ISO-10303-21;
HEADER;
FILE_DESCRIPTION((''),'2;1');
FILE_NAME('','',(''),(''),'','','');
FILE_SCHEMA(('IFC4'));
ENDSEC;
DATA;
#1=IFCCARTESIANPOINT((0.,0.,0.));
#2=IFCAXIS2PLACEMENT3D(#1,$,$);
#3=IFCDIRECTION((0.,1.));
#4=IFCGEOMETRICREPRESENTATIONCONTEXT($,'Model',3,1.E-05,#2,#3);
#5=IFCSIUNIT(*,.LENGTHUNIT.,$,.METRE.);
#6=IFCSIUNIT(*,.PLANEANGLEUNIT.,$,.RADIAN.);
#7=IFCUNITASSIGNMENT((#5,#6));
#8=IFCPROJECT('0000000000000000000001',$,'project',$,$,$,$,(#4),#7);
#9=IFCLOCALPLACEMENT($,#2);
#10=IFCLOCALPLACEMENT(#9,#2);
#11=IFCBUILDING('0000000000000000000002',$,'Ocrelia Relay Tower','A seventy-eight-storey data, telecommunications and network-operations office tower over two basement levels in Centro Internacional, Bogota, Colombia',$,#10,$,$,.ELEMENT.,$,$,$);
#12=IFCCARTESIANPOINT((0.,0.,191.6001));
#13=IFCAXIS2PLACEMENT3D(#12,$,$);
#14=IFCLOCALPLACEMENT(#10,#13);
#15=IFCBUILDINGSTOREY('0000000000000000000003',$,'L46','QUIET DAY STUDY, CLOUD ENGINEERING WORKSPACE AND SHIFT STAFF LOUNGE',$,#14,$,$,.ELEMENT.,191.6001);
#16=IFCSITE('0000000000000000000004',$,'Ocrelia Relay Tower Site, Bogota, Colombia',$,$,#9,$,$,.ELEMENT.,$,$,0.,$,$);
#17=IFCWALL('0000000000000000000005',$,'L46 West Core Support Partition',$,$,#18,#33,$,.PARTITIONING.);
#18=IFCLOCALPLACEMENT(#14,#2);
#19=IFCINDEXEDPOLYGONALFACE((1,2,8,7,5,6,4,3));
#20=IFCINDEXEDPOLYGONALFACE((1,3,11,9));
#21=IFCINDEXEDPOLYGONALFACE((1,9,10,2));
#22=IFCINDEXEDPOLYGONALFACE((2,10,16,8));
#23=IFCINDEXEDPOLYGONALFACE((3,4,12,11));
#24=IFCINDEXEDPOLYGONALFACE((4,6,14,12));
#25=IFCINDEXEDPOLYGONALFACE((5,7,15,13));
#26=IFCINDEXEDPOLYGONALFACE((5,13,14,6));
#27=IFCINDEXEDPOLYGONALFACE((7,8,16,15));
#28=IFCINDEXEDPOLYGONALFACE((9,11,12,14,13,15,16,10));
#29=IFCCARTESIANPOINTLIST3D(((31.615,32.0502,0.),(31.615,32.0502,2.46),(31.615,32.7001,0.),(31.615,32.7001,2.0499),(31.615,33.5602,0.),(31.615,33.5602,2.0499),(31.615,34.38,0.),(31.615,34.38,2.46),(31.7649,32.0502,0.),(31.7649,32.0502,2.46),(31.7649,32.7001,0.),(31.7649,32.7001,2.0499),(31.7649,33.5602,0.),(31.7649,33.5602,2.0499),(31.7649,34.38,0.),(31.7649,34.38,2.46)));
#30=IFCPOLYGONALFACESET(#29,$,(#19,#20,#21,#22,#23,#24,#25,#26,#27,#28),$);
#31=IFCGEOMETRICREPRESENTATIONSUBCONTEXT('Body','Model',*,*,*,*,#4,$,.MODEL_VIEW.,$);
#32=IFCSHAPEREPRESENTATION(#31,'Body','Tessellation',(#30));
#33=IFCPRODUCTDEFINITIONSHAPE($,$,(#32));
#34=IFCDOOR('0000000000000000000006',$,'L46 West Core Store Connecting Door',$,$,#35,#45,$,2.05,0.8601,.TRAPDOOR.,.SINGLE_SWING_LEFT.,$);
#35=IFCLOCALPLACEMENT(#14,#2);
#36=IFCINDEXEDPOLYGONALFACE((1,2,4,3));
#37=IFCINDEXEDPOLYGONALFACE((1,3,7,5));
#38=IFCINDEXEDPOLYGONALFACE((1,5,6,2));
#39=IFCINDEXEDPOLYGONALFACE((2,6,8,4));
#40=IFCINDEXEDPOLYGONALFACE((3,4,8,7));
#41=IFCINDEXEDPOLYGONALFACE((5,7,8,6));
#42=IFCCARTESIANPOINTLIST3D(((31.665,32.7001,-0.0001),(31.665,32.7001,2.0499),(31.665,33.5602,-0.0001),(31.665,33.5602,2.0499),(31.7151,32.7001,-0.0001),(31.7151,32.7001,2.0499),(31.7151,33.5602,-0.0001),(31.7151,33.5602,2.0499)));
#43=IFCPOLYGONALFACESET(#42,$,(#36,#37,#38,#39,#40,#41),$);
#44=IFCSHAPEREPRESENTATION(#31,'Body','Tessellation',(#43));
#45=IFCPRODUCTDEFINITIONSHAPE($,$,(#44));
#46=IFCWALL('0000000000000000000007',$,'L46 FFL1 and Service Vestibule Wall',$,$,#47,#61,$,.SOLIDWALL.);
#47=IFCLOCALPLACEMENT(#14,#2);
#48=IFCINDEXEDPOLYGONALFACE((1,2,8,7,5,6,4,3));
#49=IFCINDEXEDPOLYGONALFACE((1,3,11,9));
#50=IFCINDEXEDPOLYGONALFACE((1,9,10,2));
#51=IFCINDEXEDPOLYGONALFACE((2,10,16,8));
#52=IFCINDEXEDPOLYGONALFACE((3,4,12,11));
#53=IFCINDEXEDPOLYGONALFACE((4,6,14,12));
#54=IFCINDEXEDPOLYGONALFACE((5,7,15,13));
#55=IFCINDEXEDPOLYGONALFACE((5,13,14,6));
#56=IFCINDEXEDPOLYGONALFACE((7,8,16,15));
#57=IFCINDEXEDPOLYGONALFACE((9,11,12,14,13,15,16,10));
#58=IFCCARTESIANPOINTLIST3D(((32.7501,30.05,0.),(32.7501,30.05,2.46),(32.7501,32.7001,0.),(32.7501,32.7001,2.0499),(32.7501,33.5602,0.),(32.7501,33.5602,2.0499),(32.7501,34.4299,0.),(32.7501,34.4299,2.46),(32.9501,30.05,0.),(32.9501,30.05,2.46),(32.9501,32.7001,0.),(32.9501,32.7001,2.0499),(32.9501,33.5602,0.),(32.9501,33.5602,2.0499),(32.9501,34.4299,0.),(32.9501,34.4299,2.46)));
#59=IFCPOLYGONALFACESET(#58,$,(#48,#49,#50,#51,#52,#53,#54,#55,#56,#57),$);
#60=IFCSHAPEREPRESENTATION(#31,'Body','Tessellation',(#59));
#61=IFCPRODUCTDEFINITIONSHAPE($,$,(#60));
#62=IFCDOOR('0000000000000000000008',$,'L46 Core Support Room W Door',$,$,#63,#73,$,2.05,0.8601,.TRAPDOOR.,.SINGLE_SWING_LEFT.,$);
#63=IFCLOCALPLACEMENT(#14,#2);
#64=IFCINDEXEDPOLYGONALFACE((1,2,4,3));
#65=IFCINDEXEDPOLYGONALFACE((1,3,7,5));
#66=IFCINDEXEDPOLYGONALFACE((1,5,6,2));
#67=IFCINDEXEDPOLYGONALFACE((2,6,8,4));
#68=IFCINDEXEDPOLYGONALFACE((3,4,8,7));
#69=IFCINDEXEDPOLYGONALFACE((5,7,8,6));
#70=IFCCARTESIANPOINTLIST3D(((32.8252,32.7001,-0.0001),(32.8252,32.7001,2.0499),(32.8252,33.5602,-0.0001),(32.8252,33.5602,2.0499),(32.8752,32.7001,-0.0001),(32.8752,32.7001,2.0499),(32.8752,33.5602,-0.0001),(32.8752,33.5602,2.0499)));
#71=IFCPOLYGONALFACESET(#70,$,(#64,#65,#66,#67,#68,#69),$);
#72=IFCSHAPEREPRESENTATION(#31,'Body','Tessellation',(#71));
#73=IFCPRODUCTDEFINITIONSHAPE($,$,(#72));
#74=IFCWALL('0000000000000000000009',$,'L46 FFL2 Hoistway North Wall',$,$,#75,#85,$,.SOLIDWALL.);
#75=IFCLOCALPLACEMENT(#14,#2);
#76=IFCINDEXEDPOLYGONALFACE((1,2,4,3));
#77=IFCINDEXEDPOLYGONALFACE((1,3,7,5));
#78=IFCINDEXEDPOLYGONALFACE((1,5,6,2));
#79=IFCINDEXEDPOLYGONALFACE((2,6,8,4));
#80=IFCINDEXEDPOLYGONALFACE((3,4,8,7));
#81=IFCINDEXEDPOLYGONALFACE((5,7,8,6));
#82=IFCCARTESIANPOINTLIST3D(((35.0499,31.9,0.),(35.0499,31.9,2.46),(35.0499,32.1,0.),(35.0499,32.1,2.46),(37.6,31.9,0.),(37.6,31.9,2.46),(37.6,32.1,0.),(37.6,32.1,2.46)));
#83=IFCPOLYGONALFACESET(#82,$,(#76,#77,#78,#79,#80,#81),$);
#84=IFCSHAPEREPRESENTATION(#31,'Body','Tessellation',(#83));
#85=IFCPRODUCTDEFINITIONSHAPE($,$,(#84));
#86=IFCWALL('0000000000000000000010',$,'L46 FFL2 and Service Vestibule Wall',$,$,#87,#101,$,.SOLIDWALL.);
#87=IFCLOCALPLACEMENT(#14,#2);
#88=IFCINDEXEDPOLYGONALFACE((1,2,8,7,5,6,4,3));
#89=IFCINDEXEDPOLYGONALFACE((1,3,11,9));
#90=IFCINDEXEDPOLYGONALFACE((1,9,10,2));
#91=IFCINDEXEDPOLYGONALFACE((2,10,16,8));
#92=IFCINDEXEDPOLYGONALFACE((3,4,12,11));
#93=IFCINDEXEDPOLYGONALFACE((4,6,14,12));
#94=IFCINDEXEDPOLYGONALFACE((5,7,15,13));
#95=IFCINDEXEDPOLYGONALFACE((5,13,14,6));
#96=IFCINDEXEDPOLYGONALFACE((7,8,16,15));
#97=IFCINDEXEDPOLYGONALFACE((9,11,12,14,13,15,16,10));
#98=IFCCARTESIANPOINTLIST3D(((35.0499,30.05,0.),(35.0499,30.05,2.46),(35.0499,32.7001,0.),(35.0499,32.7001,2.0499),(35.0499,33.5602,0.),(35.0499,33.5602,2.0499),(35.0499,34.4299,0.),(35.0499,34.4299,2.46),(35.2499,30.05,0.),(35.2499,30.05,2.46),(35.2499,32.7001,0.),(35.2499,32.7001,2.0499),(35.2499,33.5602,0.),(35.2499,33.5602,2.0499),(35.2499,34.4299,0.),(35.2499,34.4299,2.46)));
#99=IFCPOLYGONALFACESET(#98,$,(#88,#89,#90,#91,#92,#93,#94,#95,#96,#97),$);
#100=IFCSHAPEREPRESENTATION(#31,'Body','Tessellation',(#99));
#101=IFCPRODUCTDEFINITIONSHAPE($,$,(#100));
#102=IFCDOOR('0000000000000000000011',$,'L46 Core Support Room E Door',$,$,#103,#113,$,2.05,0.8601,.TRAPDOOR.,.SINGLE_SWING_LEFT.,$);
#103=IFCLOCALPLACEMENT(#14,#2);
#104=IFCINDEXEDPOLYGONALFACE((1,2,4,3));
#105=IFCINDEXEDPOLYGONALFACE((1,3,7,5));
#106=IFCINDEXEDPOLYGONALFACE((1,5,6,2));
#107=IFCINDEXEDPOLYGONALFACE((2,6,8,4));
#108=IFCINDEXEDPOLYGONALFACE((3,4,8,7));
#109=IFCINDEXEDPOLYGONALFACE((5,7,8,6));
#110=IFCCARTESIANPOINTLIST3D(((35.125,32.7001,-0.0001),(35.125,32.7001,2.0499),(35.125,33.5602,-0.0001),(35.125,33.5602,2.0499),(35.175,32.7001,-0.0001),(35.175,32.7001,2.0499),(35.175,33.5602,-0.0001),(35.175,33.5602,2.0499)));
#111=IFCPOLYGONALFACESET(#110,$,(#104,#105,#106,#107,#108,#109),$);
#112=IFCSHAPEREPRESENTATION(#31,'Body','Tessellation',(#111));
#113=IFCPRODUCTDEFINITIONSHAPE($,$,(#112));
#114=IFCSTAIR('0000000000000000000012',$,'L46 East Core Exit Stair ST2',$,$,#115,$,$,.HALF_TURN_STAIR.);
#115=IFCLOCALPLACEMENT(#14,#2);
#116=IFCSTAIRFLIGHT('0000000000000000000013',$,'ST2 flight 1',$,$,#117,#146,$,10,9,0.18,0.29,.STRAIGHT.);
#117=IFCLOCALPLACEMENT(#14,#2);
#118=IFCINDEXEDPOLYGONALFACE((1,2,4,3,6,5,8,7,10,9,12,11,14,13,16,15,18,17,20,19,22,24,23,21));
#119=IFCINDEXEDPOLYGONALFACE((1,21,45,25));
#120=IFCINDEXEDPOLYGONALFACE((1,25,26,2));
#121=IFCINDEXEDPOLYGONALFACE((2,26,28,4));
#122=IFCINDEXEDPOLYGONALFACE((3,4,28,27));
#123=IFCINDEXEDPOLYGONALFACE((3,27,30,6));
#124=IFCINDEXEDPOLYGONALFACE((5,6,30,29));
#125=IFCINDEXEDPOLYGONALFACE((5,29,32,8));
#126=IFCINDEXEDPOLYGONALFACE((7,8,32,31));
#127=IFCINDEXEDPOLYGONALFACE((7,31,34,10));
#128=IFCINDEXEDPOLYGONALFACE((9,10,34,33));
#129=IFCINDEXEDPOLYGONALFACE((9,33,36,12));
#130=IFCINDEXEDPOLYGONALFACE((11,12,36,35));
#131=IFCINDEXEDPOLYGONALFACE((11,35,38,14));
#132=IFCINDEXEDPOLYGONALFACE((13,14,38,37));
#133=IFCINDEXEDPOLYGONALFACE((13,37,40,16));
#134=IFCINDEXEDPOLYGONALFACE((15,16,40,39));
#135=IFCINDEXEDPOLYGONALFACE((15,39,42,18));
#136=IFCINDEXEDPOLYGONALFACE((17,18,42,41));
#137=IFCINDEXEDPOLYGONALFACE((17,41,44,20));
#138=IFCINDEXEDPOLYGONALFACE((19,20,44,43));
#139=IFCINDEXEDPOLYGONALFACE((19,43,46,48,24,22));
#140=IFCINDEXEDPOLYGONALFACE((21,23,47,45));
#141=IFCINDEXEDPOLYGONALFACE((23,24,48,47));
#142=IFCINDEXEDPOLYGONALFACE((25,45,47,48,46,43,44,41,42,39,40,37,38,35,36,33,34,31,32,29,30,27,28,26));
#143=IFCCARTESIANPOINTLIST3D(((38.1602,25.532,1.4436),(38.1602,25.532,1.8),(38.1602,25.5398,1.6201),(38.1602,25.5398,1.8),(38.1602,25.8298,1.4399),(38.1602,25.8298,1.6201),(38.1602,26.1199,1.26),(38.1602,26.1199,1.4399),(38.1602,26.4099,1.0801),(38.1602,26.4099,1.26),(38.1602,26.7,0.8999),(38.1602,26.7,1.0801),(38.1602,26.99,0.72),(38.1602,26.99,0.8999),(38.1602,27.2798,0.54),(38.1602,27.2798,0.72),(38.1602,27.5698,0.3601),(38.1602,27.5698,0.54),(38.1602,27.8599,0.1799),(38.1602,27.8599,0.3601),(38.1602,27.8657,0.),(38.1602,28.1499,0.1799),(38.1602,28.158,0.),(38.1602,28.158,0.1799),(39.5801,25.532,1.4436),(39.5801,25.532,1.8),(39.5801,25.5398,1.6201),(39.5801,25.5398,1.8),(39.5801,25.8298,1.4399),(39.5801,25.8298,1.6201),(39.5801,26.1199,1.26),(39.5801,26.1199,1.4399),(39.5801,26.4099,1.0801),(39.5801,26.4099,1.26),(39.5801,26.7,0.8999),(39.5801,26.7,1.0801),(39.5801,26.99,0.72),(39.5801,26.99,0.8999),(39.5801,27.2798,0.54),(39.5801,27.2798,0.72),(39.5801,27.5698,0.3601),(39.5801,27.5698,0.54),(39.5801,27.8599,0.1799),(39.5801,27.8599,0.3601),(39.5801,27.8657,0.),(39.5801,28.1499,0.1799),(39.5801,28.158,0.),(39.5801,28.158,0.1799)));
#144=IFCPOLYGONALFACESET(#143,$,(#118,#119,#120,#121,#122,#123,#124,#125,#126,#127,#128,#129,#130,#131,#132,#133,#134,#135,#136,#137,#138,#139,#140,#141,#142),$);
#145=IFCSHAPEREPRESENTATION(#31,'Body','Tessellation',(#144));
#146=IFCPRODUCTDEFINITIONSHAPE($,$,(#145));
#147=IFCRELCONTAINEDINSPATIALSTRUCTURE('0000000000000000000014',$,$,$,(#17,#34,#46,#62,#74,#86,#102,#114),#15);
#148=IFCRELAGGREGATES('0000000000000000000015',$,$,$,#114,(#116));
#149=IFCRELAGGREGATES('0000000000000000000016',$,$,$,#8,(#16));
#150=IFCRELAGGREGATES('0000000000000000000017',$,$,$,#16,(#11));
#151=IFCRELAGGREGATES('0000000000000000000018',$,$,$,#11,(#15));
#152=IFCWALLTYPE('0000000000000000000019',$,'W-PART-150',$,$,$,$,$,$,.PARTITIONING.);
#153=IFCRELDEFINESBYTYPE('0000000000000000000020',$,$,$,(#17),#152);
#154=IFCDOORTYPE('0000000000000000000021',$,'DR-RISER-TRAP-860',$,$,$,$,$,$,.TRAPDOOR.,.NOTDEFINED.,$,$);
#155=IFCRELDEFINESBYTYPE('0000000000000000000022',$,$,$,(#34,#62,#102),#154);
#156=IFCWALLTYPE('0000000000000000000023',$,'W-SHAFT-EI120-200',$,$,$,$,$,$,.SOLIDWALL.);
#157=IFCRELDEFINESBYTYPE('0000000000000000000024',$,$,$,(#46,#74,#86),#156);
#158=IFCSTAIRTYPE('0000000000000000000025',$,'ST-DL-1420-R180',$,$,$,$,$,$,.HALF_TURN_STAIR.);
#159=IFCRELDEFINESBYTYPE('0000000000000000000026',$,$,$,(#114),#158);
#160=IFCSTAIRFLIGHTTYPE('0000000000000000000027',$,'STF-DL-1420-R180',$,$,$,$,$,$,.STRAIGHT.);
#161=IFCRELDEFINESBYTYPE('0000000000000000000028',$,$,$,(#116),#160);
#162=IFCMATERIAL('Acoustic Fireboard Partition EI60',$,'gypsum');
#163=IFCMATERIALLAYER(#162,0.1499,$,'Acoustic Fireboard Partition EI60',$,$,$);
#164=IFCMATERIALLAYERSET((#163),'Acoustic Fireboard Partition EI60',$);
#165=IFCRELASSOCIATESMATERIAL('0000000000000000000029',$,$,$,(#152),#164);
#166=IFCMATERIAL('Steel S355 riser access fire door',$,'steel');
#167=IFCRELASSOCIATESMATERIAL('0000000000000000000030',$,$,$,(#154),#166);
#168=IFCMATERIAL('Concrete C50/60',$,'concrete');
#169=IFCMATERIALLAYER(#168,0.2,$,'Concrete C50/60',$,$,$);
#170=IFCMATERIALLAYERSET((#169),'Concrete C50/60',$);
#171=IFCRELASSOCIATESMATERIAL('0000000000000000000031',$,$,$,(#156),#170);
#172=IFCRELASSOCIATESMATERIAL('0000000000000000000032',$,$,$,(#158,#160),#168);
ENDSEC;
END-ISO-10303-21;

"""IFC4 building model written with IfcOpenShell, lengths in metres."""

from ifc_helpers import new_model, si_unit, direction, frame, frame_2d, origin, place, context, subcontext, project, spatial, polyline, rectangle, outline, extrude, material, layer, layer_set, type_object, element, fill, aggregate, save


model = new_model("IFC4")

# Units and contexts
model_context = context("Model", 3, precision=1e-05, world=origin(), true_north=direction((0.0, 1.0)))
body_context = subcontext(model_context, "Body", "Model", "MODEL_VIEW")
ifc_project = project(units=[si_unit("LENGTHUNIT", "METRE"), si_unit("PLANEANGLEUNIT", "RADIAN")], contexts=[model_context])

# Site, building, storey
site_placement = place(None, origin())
site = spatial("IfcSite", under=ifc_project, at=site_placement, Name="Ocrelia Relay Tower Site, Bogota, Colombia", CompositionType="ELEMENT", RefElevation=0.0)
building_placement = place(site_placement, origin())
building = spatial("IfcBuilding", under=site, at=building_placement, Name="Ocrelia Relay Tower", Description="A seventy-eight-storey data, telecommunications and network-operations office tower over two basement levels in Centro Internacional, Bogota, Colombia", CompositionType="ELEMENT")
storey_placement = place(building_placement, frame((0.0, 0.0, 191.6001)))
storey = spatial("IfcBuildingStorey", under=building, at=storey_placement, Name="L46", Description="QUIET DAY STUDY, CLOUD ENGINEERING WORKSPACE AND SHIFT STAFF LOUNGE", CompositionType="ELEMENT", Elevation=191.6001)

# Shared definitions
ifc_material_1 = material(Name="Concrete C50/60", Category="concrete")

# Shared definitions
ifc_material_2 = material(Name="Acoustic Fireboard Partition EI60", Category="gypsum")

# Walls, openings, doors
ifc_layer_1 = layer(ifc_material_2, 0.1499, Name="Acoustic Fireboard Partition EI60")
ifc_layer_set_1 = layer_set([ifc_layer_1], Name="Acoustic Fireboard Partition EI60")
wall_type_1 = type_object("IfcWallType", Name="W-PART-150", PredefinedType="PARTITIONING", material=ifc_layer_set_1)
wall_1_placement = place(storey_placement, frame((31.6899, 32.05, 0.0), z_axis=(0.0, 0.0, 1.0), x_axis=(0.0, 1.0, 0.0)))
wall_1 = element("IfcWall", 1, at=wall_1_placement, inside=storey, type_object=wall_type_1, Name="L46 West Core Support Partition", PredefinedType="PARTITIONING", context=body_context, shape_type="SweptSolid", body=[
    extrude(rectangle(XDim=2.3298, YDim=0.1499, at=frame_2d((1.165, 0.0))), origin(), (0.0, 0.0, 1.0), 2.46),
])
opening_1_placement = place(wall_1_placement, frame((0.6499, 0.0, 0.0)))
opening_1 = element("IfcOpeningElement", 2, at=opening_1_placement, cuts=wall_1, PredefinedType="OPENING", context=body_context, shape_type="SweptSolid", body=[
    extrude(rectangle(XDim=0.8601, YDim=2.05, at=frame_2d((0.4302, 1.0249))), frame((0.0, 0.085, 0.0), z_axis=(0.0, -1.0, 0.0), x_axis=(1.0, 0.0, 0.0)), (0.0, 0.0, 1.0), 0.1699),
])
ifc_material_3 = material(Name="Steel S355 riser access fire door", Category="steel")
door_type_1 = type_object("IfcDoorType", Name="DR-RISER-TRAP-860", OperationType="NOTDEFINED", PredefinedType="TRAPDOOR", material=ifc_material_3)
door_1_placement = place(opening_1_placement, origin())
door_1 = element("IfcDoor", 3, at=door_1_placement, inside=storey, type_object=door_type_1, Name="L46 West Core Store Connecting Door", OperationType="SINGLE_SWING_LEFT", OverallHeight=2.05, OverallWidth=0.8601, PredefinedType="TRAPDOOR", context=body_context, shape_type="SweptSolid", body=[
    extrude(rectangle(XDim=0.8601, YDim=2.05, at=frame_2d((0.4302, 1.0249))), frame((0.0, 0.0249, 0.0), z_axis=(0.0, -1.0, 0.0), x_axis=(1.0, 0.0, 0.0)), (0.0, 0.0, 1.0), 0.05),
])
fill(opening_1, door_1)
ifc_layer_2 = layer(ifc_material_1, 0.2, Name="Concrete C50/60")
ifc_layer_set_2 = layer_set([ifc_layer_2], Name="Concrete C50/60")
wall_type_2 = type_object("IfcWallType", Name="W-SHAFT-EI120-200", PredefinedType="SOLIDWALL", material=ifc_layer_set_2)
wall_2_placement = place(storey_placement, frame((32.8501, 30.05, 0.0), z_axis=(0.0, 0.0, 1.0), x_axis=(0.0, 1.0, 0.0)))
wall_2 = element("IfcWall", 4, at=wall_2_placement, inside=storey, type_object=wall_type_2, Name="L46 FFL1 and Service Vestibule Wall", PredefinedType="SOLIDWALL", context=body_context, shape_type="SweptSolid", body=[
    extrude(rectangle(XDim=4.3799, YDim=0.2, at=frame_2d((2.1899, 0.0))), origin(), (0.0, 0.0, 1.0), 2.46),
])
opening_2_placement = place(wall_2_placement, frame((2.6499, 0.0, 0.0)))
opening_2 = element("IfcOpeningElement", 5, at=opening_2_placement, cuts=wall_2, PredefinedType="OPENING", context=body_context, shape_type="SweptSolid", body=[
    extrude(rectangle(XDim=0.8601, YDim=2.05, at=frame_2d((0.4302, 1.0249))), frame((0.0, 0.1099, 0.0), z_axis=(0.0, -1.0, 0.0), x_axis=(1.0, 0.0, 0.0)), (0.0, 0.0, 1.0), 0.22),
])
door_2_placement = place(opening_2_placement, origin())
door_2 = element("IfcDoor", 6, at=door_2_placement, inside=storey, type_object=door_type_1, Name="L46 Core Support Room W Door", OperationType="SINGLE_SWING_LEFT", OverallHeight=2.05, OverallWidth=0.8601, PredefinedType="TRAPDOOR", context=body_context, shape_type="SweptSolid", body=[
    extrude(rectangle(XDim=0.8601, YDim=2.05, at=frame_2d((0.4302, 1.0249))), frame((0.0, 0.0249, 0.0), z_axis=(0.0, -1.0, 0.0), x_axis=(1.0, 0.0, 0.0)), (0.0, 0.0, 1.0), 0.05),
])
fill(opening_2, door_2)

# Wall
wall_3_placement = place(storey_placement, frame((35.05, 32.0, 0.0), z_axis=(0.0, 0.0, 1.0), x_axis=(1.0, 0.0, 0.0)))
element("IfcWall", 7, at=wall_3_placement, inside=storey, type_object=wall_type_2, Name="L46 FFL2 Hoistway North Wall", PredefinedType="SOLIDWALL", context=body_context, shape_type="SweptSolid", body=[
    extrude(rectangle(XDim=2.55, YDim=0.2, at=frame_2d((1.2749, 0.0))), origin(), (0.0, 0.0, 1.0), 2.46),
])

# Wall, opening, door
wall_4_placement = place(storey_placement, frame((35.1499, 30.05, 0.0), z_axis=(0.0, 0.0, 1.0), x_axis=(0.0, 1.0, 0.0)))
wall_4 = element("IfcWall", 8, at=wall_4_placement, inside=storey, type_object=wall_type_2, Name="L46 FFL2 and Service Vestibule Wall", PredefinedType="SOLIDWALL", context=body_context, shape_type="SweptSolid", body=[
    extrude(rectangle(XDim=4.3799, YDim=0.2, at=frame_2d((2.1899, 0.0))), origin(), (0.0, 0.0, 1.0), 2.46),
])
opening_3_placement = place(wall_4_placement, frame((2.6499, 0.0, 0.0)))
opening_3 = element("IfcOpeningElement", 9, at=opening_3_placement, cuts=wall_4, PredefinedType="OPENING", context=body_context, shape_type="SweptSolid", body=[
    extrude(rectangle(XDim=0.8601, YDim=2.05, at=frame_2d((0.4302, 1.0249))), frame((0.0, 0.1099, 0.0), z_axis=(0.0, -1.0, 0.0), x_axis=(1.0, 0.0, 0.0)), (0.0, 0.0, 1.0), 0.22),
])
door_3_placement = place(opening_3_placement, origin())
door_3 = element("IfcDoor", 10, at=door_3_placement, inside=storey, type_object=door_type_1, Name="L46 Core Support Room E Door", OperationType="SINGLE_SWING_LEFT", OverallHeight=2.05, OverallWidth=0.8601, PredefinedType="TRAPDOOR", context=body_context, shape_type="SweptSolid", body=[
    extrude(rectangle(XDim=0.8601, YDim=2.05, at=frame_2d((0.4302, 1.0249))), frame((0.0, 0.0249, 0.0), z_axis=(0.0, -1.0, 0.0), x_axis=(1.0, 0.0, 0.0)), (0.0, 0.0, 1.0), 0.05),
])
fill(opening_3, door_3)

# Stair, stair flight
stair_type = type_object("IfcStairType", Name="ST-DL-1420-R180", PredefinedType="HALF_TURN_STAIR", material=ifc_material_1)
stair_placement = place(storey_placement, origin())
stair = element("IfcStair", 11, at=stair_placement, inside=storey, type_object=stair_type, Name="L46 East Core Exit Stair ST2", PredefinedType="HALF_TURN_STAIR")
stair_flight_type = type_object("IfcStairFlightType", Name="STF-DL-1420-R180", PredefinedType="STRAIGHT", material=ifc_material_1)
stair_flight_placement = place(storey_placement, frame((38.8701, 28.1499, 0.0), z_axis=(0.0, 0.0, 1.0), x_axis=(0.0, -1.0, 0.0)))
stair_flight = element("IfcStairFlight", 12, at=stair_flight_placement, type_object=stair_flight_type, Name="ST2 flight 1", NumberOfRisers=10, NumberOfTreads=9, PredefinedType="STRAIGHT", RiserHeight=0.18, TreadLength=0.29, context=body_context, shape_type="SweptSolid", body=[
    extrude(outline(polyline([(-0.0081, 0.0), (-0.0081, 0.1799), (0.0, 0.1799), (0.29, 0.1799), (0.29, 0.3601), (0.5801, 0.3601), (0.5801, 0.54), (0.8701, 0.54), (0.8701, 0.72), (1.1599, 0.72), (1.1599, 0.8999), (1.45, 0.8999), (1.45, 1.0801), (1.74, 1.0801), (1.74, 1.26), (2.03, 1.26), (2.03, 1.4399), (2.3201, 1.4399), (2.3201, 1.6201), (2.6101, 1.6201), (2.6101, 1.8), (2.6179, 1.8), (2.6179, 1.4436), (0.2842, 0.0), (-0.0081, 0.0)])), frame((0.0, 0.71, 0.0), z_axis=(0.0, -1.0, 0.0), x_axis=(1.0, 0.0, 0.0)), (0.0, 0.0, 1.0), 1.4199),
])
aggregate(stair, [stair_flight])

save(model, "model.ifc")
